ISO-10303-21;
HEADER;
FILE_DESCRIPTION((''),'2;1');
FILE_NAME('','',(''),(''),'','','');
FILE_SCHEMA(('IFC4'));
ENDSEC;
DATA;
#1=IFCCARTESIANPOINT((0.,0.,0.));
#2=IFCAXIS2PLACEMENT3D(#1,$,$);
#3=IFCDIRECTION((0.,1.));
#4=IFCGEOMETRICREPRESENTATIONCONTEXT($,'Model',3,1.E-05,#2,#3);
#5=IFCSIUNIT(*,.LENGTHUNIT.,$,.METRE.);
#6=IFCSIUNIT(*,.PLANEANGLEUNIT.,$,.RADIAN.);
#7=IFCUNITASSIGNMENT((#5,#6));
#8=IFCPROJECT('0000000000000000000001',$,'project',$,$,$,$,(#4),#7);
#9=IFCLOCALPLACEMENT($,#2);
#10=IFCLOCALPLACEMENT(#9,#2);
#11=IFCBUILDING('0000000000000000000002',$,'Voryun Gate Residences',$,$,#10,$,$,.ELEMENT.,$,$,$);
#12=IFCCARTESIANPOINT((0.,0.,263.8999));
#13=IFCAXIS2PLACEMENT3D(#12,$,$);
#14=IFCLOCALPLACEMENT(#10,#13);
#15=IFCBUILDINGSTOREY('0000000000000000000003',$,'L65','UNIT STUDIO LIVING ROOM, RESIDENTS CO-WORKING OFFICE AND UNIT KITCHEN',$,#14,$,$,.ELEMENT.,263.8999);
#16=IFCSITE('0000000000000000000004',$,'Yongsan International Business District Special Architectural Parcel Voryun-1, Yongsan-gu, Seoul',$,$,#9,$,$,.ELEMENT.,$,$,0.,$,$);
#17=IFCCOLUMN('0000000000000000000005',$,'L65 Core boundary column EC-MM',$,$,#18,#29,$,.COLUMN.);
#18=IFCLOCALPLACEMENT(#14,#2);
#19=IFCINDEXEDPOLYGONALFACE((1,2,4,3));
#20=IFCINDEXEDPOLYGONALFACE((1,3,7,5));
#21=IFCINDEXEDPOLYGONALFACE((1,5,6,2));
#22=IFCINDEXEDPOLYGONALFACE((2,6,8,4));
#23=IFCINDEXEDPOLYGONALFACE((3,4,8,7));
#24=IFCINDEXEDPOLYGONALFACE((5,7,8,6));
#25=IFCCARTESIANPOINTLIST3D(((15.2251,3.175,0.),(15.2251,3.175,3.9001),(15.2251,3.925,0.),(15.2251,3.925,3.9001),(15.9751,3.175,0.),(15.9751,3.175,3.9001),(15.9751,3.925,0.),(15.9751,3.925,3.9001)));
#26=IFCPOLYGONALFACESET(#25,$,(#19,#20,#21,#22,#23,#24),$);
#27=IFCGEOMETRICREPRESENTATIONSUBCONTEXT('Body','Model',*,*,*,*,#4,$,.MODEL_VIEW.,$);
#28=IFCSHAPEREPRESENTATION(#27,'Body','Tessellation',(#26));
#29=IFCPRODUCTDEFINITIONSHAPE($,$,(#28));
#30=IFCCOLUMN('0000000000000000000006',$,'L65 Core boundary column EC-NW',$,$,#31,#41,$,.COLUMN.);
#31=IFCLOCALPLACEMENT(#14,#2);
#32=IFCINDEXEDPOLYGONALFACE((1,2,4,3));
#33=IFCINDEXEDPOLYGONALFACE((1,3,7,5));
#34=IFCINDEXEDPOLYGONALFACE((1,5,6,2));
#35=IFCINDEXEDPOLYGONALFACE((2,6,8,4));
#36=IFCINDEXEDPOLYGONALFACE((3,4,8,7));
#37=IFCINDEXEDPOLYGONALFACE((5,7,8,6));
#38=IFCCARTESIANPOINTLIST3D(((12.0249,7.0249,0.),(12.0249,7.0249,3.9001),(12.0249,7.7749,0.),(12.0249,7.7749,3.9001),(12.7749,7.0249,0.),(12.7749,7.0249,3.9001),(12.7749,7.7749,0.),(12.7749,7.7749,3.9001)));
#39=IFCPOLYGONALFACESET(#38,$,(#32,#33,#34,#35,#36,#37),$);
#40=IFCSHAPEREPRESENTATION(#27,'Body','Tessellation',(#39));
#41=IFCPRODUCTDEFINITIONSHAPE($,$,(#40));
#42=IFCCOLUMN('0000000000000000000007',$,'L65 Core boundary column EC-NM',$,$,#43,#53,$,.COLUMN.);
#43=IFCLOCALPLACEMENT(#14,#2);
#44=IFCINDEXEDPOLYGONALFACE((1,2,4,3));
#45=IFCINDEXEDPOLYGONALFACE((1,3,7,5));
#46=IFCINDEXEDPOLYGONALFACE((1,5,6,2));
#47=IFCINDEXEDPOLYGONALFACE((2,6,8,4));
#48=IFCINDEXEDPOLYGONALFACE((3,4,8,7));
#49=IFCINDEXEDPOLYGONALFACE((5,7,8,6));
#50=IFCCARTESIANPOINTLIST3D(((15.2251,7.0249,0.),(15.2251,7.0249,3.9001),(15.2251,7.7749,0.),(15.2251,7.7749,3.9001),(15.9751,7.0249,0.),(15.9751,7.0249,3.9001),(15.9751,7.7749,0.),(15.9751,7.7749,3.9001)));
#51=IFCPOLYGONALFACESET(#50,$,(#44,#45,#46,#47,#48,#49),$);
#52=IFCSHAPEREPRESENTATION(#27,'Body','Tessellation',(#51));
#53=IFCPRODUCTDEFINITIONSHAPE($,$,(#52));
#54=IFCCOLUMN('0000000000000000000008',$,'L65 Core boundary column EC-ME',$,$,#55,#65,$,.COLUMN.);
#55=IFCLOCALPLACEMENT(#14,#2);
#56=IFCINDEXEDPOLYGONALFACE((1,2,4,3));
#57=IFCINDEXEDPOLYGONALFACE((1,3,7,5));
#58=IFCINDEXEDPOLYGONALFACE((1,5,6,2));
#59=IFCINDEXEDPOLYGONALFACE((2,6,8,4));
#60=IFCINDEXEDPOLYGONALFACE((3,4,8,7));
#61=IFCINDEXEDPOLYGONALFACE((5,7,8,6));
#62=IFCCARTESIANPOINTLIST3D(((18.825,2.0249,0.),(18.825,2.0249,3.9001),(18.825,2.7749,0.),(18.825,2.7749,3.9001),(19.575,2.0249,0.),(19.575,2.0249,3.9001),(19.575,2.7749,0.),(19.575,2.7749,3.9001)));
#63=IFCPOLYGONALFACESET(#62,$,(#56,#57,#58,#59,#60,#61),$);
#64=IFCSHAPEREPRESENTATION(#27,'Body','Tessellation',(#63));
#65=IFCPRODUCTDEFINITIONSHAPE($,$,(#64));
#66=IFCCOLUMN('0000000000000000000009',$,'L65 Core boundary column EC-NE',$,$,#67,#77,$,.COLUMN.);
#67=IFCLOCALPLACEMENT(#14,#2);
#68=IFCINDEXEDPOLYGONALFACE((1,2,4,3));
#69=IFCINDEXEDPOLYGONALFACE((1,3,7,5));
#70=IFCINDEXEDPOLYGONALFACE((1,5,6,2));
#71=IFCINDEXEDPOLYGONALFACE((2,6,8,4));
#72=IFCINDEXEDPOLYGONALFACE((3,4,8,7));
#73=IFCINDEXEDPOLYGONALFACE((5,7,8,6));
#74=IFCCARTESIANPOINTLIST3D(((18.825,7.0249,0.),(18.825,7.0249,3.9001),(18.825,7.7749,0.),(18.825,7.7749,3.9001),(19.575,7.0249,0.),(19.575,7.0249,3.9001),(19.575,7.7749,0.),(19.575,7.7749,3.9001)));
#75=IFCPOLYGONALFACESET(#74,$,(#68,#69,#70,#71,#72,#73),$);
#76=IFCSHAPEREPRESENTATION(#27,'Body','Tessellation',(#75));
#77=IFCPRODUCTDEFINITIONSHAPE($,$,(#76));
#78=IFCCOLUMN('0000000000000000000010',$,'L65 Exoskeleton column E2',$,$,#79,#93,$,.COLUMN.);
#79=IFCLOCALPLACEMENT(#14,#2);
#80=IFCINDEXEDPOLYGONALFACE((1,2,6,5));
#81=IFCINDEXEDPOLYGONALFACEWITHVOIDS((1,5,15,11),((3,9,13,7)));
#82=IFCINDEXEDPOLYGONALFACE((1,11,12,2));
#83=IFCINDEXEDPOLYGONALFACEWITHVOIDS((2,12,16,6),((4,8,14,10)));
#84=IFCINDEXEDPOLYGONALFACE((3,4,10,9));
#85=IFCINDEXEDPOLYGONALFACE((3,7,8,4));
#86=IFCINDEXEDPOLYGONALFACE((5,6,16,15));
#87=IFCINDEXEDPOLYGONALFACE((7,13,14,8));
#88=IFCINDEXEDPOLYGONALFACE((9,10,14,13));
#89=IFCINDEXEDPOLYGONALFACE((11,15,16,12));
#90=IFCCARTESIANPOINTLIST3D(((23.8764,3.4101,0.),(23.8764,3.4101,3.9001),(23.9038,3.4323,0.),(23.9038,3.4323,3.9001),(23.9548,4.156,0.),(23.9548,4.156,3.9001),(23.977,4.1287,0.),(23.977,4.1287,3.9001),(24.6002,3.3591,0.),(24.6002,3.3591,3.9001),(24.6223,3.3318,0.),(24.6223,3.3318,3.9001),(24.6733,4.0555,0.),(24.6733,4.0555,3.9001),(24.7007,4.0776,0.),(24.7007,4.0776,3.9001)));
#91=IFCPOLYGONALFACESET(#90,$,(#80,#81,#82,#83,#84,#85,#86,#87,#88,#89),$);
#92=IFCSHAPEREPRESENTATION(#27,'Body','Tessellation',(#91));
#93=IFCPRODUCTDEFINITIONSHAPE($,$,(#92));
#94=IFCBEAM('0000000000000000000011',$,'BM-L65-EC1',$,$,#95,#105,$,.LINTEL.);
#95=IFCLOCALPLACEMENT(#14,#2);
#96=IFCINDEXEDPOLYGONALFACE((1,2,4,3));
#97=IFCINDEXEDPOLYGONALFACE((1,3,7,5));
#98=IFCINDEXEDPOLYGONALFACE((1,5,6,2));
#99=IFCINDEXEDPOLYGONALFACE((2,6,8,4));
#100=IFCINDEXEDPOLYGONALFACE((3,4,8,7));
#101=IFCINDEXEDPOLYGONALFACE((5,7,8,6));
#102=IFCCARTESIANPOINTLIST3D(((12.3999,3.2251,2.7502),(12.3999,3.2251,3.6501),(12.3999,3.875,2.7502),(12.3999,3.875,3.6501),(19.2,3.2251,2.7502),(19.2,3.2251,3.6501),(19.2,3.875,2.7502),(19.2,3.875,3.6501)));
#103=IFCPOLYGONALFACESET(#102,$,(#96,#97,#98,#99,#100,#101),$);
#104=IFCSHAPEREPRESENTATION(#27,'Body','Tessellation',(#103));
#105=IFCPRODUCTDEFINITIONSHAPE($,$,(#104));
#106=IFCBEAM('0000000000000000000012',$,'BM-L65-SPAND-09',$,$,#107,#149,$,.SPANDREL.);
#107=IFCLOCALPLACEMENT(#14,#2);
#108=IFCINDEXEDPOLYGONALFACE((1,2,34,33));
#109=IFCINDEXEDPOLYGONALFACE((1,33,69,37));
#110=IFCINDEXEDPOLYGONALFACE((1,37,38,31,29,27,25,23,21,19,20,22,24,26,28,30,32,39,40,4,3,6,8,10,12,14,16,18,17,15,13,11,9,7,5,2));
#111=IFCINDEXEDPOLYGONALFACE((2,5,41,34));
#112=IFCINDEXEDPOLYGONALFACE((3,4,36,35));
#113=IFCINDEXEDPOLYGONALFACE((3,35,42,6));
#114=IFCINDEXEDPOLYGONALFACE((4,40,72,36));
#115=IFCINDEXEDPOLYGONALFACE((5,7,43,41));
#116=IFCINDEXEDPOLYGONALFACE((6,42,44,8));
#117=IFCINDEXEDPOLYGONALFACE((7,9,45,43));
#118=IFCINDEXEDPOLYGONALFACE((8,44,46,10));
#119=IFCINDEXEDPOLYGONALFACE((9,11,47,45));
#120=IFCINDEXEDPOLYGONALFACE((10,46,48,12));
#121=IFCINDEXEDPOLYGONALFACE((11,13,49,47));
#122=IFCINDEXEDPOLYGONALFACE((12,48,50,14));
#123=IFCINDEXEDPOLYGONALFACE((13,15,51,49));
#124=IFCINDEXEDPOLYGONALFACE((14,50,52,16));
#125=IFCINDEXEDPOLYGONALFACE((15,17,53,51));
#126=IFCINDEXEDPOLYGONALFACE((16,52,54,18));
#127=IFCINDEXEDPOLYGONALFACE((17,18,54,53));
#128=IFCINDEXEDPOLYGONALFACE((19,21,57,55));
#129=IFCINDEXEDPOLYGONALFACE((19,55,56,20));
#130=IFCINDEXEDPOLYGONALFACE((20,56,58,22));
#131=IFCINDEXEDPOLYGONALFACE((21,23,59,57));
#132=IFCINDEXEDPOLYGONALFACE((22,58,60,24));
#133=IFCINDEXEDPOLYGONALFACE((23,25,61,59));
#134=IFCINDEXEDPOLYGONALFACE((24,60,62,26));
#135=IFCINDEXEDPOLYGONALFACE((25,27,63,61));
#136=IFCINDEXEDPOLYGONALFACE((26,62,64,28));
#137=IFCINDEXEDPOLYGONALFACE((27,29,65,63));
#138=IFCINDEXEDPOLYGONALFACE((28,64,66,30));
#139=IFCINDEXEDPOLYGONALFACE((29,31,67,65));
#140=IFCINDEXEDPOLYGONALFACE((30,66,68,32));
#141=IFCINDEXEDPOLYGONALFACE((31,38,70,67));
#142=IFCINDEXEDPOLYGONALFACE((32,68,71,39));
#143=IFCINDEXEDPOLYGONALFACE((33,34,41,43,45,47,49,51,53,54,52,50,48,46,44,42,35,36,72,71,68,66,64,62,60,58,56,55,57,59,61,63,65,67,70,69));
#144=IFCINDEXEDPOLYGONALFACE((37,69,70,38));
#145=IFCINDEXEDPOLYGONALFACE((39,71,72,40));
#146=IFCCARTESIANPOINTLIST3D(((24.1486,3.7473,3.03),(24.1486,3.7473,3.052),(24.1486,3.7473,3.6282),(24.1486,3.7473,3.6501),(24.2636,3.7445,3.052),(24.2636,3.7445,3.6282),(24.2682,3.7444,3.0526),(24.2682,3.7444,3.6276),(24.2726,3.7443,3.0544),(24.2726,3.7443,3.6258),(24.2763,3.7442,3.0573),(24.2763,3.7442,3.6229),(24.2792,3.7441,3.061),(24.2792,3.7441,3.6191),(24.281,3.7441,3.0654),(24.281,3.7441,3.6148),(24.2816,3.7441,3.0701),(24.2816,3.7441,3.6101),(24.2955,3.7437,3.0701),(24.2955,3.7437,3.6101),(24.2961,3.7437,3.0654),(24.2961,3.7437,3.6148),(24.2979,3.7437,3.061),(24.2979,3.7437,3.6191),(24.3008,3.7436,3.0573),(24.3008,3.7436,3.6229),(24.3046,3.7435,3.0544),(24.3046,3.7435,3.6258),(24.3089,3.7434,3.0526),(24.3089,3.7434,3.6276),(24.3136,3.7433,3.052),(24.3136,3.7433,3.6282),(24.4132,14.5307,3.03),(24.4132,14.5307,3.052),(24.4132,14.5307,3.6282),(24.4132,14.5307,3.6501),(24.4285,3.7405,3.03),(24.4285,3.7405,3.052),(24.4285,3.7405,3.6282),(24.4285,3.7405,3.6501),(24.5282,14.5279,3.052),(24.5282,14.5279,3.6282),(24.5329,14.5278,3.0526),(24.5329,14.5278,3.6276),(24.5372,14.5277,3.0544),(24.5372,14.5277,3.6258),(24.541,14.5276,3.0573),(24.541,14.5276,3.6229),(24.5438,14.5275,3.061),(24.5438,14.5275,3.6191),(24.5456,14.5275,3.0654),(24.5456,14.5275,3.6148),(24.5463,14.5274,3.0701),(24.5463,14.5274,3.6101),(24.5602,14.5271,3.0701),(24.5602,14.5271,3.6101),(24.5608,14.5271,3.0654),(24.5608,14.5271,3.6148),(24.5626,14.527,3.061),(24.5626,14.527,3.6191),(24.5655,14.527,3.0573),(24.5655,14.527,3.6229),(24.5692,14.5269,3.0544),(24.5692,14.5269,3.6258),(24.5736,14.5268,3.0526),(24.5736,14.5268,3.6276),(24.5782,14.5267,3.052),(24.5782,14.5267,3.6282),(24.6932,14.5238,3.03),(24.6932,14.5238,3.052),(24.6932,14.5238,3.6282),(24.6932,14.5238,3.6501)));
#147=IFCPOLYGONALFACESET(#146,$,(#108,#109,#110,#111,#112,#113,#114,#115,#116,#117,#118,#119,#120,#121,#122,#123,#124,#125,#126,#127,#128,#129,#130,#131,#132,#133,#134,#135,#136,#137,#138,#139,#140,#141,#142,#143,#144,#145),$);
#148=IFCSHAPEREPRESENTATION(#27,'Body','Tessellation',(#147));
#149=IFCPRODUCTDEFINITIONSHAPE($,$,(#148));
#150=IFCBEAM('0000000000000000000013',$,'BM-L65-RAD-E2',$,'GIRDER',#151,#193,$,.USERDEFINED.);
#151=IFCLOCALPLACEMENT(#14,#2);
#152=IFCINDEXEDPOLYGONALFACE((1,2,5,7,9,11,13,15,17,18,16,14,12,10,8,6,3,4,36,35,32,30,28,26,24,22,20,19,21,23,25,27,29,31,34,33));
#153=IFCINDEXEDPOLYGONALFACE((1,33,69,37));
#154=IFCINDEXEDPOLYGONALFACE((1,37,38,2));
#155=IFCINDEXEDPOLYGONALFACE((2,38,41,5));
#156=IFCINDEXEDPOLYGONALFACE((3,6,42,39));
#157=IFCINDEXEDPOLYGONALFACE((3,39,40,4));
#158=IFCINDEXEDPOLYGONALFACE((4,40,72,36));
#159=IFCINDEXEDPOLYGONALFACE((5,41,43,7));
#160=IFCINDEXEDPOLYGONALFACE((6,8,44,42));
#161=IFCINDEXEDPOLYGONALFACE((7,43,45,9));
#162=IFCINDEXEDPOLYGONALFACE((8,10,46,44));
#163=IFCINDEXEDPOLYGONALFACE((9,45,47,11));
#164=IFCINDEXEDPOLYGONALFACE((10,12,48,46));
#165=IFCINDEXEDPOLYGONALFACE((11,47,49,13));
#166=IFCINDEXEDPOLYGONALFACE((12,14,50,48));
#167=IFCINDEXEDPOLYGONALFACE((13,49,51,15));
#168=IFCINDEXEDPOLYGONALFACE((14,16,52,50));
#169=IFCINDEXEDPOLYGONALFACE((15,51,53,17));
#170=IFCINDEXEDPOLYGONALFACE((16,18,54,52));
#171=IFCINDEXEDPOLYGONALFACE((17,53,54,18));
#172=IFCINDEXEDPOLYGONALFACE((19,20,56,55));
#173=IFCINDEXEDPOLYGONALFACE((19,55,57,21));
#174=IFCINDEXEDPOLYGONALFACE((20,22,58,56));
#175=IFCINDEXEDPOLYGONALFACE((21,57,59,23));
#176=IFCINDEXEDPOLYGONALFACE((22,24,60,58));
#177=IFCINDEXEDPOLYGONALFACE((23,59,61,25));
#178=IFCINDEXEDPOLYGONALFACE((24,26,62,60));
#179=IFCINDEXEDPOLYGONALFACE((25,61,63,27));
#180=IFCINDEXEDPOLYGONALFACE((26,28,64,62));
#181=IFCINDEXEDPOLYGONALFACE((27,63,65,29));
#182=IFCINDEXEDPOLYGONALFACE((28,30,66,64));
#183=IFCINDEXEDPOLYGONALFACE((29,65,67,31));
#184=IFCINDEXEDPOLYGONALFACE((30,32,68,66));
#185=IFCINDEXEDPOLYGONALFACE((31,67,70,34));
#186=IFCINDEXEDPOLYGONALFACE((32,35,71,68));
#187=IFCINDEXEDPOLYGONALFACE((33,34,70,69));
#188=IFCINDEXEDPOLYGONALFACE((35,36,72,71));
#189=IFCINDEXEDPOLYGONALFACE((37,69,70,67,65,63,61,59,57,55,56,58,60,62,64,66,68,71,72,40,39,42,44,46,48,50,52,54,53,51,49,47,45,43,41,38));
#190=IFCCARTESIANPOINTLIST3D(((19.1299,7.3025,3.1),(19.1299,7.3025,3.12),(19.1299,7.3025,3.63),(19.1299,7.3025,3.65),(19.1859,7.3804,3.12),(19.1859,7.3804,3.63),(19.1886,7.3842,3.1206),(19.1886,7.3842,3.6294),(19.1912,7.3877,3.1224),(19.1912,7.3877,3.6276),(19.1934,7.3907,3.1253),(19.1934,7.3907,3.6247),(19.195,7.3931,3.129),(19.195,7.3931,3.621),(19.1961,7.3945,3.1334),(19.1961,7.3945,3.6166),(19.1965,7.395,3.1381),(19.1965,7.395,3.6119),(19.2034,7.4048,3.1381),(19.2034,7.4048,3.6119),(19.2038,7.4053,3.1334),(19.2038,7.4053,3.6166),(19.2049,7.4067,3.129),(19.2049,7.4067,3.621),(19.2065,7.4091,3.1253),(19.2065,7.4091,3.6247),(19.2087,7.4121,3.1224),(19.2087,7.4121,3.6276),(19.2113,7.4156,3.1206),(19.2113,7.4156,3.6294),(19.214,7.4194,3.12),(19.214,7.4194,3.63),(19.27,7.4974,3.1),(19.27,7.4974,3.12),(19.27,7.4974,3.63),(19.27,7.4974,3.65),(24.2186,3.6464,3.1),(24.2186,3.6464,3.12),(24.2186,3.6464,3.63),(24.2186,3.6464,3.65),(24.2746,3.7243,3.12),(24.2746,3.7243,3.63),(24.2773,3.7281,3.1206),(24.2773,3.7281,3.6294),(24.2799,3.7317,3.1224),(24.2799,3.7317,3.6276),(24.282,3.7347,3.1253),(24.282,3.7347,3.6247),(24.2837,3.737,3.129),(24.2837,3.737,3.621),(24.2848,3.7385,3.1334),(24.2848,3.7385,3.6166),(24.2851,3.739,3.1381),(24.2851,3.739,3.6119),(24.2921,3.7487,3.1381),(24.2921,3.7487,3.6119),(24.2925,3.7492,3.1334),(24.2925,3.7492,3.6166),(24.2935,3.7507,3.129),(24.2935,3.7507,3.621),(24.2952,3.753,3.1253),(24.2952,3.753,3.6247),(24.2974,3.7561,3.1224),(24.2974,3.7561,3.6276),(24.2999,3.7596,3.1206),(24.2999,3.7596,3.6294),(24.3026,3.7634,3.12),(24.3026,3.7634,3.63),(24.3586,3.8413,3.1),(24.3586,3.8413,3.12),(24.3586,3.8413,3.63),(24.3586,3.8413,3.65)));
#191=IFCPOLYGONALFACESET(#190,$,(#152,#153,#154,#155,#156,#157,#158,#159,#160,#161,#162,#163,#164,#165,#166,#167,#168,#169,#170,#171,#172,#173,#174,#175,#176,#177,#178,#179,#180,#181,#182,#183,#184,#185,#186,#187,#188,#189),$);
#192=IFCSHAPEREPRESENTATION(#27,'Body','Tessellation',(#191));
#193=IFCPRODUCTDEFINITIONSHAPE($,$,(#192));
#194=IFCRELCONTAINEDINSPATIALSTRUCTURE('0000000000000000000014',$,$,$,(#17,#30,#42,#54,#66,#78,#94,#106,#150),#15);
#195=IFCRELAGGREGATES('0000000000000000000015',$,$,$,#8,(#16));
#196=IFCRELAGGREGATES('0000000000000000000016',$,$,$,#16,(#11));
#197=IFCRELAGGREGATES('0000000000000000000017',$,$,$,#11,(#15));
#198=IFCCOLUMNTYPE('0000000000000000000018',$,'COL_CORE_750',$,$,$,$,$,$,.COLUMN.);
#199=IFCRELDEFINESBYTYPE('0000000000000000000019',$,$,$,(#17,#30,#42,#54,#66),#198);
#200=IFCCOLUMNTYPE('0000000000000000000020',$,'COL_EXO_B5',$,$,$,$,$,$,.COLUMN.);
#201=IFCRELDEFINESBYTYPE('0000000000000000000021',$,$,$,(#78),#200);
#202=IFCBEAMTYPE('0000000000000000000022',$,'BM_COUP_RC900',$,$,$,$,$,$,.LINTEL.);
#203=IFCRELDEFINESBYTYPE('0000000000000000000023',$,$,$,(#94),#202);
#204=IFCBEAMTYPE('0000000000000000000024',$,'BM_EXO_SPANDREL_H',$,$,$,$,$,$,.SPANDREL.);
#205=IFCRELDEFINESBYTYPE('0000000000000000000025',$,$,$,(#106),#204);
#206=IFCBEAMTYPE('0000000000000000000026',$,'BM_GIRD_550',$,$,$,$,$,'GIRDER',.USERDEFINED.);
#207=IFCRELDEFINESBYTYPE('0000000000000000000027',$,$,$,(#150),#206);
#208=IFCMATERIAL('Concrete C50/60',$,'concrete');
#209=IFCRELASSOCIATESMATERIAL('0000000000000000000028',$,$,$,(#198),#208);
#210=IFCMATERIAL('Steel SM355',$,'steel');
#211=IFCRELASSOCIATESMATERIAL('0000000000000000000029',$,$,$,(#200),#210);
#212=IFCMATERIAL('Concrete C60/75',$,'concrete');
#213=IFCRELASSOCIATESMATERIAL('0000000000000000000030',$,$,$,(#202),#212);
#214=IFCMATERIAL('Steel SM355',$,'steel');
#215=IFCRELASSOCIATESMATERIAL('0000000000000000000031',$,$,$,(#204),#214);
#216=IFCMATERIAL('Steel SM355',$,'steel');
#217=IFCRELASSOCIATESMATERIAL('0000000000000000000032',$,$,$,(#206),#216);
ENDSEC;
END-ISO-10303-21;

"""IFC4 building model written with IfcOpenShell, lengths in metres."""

from ifc_helpers import new_model, si_unit, direction, frame, origin, origin_2d, place, context, subcontext, project, spatial, rectangle, hollow_rectangle, i_section, extrude, material, material_profile, profile_set, type_object, element, save


model = new_model("IFC4")

# Units and contexts
model_context = context("Model", 3, precision=1e-05, world=origin(), true_north=direction((0.0, 1.0)))
body_context = subcontext(model_context, "Body", "Model", "MODEL_VIEW")
ifc_project = project(units=[si_unit("LENGTHUNIT", "METRE"), si_unit("PLANEANGLEUNIT", "RADIAN")], contexts=[model_context])

# Site, building, storey
site_placement = place(None, origin())
site = spatial("IfcSite", under=ifc_project, at=site_placement, Name="Yongsan International Business District Special Architectural Parcel Voryun-1, Yongsan-gu, Seoul", CompositionType="ELEMENT", RefElevation=0.0)
building_placement = place(site_placement, origin())
building = spatial("IfcBuilding", under=site, at=building_placement, Name="Voryun Gate Residences", CompositionType="ELEMENT")
storey_placement = place(building_placement, frame((0.0, 0.0, 263.8999)))
storey = spatial("IfcBuildingStorey", under=building, at=storey_placement, Name="L65", Description="UNIT STUDIO LIVING ROOM, RESIDENTS CO-WORKING OFFICE AND UNIT KITCHEN", CompositionType="ELEMENT", Elevation=263.8999)

# Columns
ifc_material_1 = material(Name="Concrete C50/60", Category="concrete")
ifc_material_profile_1 = material_profile(ifc_material_1, rectangle(XDim=0.75, YDim=0.75, at=origin_2d()), Name="RC-750x750")
ifc_profile_set_1 = profile_set([ifc_material_profile_1], Name="Concrete C50/60")
column_type_1 = type_object("IfcColumnType", Name="COL_CORE_750", PredefinedType="COLUMN", material=ifc_profile_set_1)
for number, where, z_axis, x_axis, name in (
    (1, (15.6001, 3.55, 0.0), (0.0, 0.0, 1.0), (1.0, 0.0, 0.0), "L65 Core boundary column EC-MM"),
    (2, (12.3999, 7.3999, 0.0), (0.0, 0.0, 1.0), (1.0, 0.0, 0.0), "L65 Core boundary column EC-NW"),
    (3, (15.6001, 7.3999, 0.0), (0.0, 0.0, 1.0), (1.0, 0.0, 0.0), "L65 Core boundary column EC-NM"),
    (4, (19.2, 2.3999, 0.0), (0.0, 0.0, 1.0), (1.0, 0.0, 0.0), "L65 Core boundary column EC-ME"),
    (5, (19.2, 7.3999, 0.0), (0.0, 0.0, 1.0), (1.0, 0.0, 0.0), "L65 Core boundary column EC-NE"),
):
    element("IfcColumn", number, at=place(storey_placement, frame(where, z_axis=z_axis, x_axis=x_axis)), inside=storey, type_object=column_type_1, Name=name, PredefinedType="COLUMN", context=body_context, shape_type="SweptSolid", body=[
        extrude(rectangle(XDim=0.75, YDim=0.75, at=origin_2d()), origin(), (0.0, 0.0, 1.0), 3.9001),
    ])
ifc_material_2 = material(Name="Steel SM355", Category="steel")
ifc_material_profile_2 = material_profile(ifc_material_2, hollow_rectangle(XDim=0.75, YDim=0.75, WallThickness=0.0249, at=origin_2d()), Name="BOX-750x750x25")
ifc_profile_set_2 = profile_set([ifc_material_profile_2], Name="Steel SM355")
column_type_2 = type_object("IfcColumnType", Name="COL_EXO_B5", PredefinedType="COLUMN", material=ifc_profile_set_2)
column_placement = place(storey_placement, frame((24.2886, 3.7439, 0.0), z_axis=(0.0, 0.0, 1.0), x_axis=(0.994522, -0.104528, 0.0)))
element("IfcColumn", 6, at=column_placement, inside=storey, type_object=column_type_2, Name="L65 Exoskeleton column E2", PredefinedType="COLUMN", context=body_context, shape_type="SweptSolid", body=[
    extrude(hollow_rectangle(XDim=0.75, YDim=0.75, WallThickness=0.0249, at=origin_2d()), origin(), (0.0, 0.0, 1.0), 3.9001),
])

# Beams
ifc_material_3 = material(Name="Concrete C60/75", Category="concrete")
ifc_material_profile_3 = material_profile(ifc_material_3, rectangle(XDim=0.6499, YDim=0.8999, at=origin_2d()), Name="RC-650x900")
ifc_profile_set_3 = profile_set([ifc_material_profile_3], Name="Concrete C60/75")
beam_type_1 = type_object("IfcBeamType", Name="BM_COUP_RC900", PredefinedType="LINTEL", material=ifc_profile_set_3)
beam_1_placement = place(storey_placement, frame((12.3999, 3.55, 3.2002), z_axis=(1.0, 0.0, 0.0), x_axis=(0.0, 1.0, 0.0)))
element("IfcBeam", 7, at=beam_1_placement, inside=storey, type_object=beam_type_1, Name="BM-L65-EC1", PredefinedType="LINTEL", context=body_context, shape_type="SweptSolid", body=[
    extrude(rectangle(XDim=0.6499, YDim=0.8999, at=origin_2d()), origin(), (0.0, 0.0, 1.0), 6.8),
])
ifc_material_4 = material(Name="Steel SM355", Category="steel")
ifc_material_profile_4 = material_profile(ifc_material_4, i_section(OverallWidth=0.28, OverallDepth=0.6201, WebThickness=0.0139, FlangeThickness=0.022, FilletRadius=0.0181, at=origin_2d()), Name="H-620x280x14x22")
ifc_profile_set_4 = profile_set([ifc_material_profile_4], Name="Steel SM355")
beam_type_2 = type_object("IfcBeamType", Name="BM_EXO_SPANDREL_H", PredefinedType="SPANDREL", material=ifc_profile_set_4)
beam_2_placement = place(storey_placement, frame((24.2886, 3.7439, 3.3401), z_axis=(0.024535, 0.999699, 0.0), x_axis=(-0.999699, 0.024535, 0.0)))
element("IfcBeam", 8, at=beam_2_placement, inside=storey, type_object=beam_type_2, Name="BM-L65-SPAND-09", PredefinedType="SPANDREL", context=body_context, shape_type="SweptSolid", body=[
    extrude(i_section(OverallWidth=0.28, OverallDepth=0.6201, WebThickness=0.0139, FlangeThickness=0.022, FilletRadius=0.0181, at=origin_2d()), origin(), (0.0, 0.0, 1.0), 10.7866),
])
ifc_material_5 = material(Name="Steel SM355", Category="steel")
ifc_material_profile_5 = material_profile(ifc_material_5, i_section(OverallWidth=0.24, OverallDepth=0.55, WebThickness=0.012, FlangeThickness=0.02, FilletRadius=0.0181, at=origin_2d()), Name="H-550x240x12x20")
ifc_profile_set_5 = profile_set([ifc_material_profile_5], Name="Steel SM355")
beam_type_3 = type_object("IfcBeamType", Name="BM_GIRD_550", ElementType="GIRDER", PredefinedType="USERDEFINED", material=ifc_profile_set_5)
beam_3_placement = place(storey_placement, frame((19.2, 7.3999, 3.375), z_axis=(0.812124, -0.583484, 0.0), x_axis=(0.583484, 0.812124, 0.0)))
element("IfcBeam", 9, at=beam_3_placement, inside=storey, type_object=beam_type_3, Name="BM-L65-RAD-E2", ObjectType="GIRDER", PredefinedType="USERDEFINED", context=body_context, shape_type="SweptSolid", body=[
    extrude(i_section(OverallWidth=0.24, OverallDepth=0.55, WebThickness=0.012, FlangeThickness=0.02, FilletRadius=0.0181, at=origin_2d()), origin(), (0.0, 0.0, 1.0), 6.2659),
])

save(model, "model.ifc")
